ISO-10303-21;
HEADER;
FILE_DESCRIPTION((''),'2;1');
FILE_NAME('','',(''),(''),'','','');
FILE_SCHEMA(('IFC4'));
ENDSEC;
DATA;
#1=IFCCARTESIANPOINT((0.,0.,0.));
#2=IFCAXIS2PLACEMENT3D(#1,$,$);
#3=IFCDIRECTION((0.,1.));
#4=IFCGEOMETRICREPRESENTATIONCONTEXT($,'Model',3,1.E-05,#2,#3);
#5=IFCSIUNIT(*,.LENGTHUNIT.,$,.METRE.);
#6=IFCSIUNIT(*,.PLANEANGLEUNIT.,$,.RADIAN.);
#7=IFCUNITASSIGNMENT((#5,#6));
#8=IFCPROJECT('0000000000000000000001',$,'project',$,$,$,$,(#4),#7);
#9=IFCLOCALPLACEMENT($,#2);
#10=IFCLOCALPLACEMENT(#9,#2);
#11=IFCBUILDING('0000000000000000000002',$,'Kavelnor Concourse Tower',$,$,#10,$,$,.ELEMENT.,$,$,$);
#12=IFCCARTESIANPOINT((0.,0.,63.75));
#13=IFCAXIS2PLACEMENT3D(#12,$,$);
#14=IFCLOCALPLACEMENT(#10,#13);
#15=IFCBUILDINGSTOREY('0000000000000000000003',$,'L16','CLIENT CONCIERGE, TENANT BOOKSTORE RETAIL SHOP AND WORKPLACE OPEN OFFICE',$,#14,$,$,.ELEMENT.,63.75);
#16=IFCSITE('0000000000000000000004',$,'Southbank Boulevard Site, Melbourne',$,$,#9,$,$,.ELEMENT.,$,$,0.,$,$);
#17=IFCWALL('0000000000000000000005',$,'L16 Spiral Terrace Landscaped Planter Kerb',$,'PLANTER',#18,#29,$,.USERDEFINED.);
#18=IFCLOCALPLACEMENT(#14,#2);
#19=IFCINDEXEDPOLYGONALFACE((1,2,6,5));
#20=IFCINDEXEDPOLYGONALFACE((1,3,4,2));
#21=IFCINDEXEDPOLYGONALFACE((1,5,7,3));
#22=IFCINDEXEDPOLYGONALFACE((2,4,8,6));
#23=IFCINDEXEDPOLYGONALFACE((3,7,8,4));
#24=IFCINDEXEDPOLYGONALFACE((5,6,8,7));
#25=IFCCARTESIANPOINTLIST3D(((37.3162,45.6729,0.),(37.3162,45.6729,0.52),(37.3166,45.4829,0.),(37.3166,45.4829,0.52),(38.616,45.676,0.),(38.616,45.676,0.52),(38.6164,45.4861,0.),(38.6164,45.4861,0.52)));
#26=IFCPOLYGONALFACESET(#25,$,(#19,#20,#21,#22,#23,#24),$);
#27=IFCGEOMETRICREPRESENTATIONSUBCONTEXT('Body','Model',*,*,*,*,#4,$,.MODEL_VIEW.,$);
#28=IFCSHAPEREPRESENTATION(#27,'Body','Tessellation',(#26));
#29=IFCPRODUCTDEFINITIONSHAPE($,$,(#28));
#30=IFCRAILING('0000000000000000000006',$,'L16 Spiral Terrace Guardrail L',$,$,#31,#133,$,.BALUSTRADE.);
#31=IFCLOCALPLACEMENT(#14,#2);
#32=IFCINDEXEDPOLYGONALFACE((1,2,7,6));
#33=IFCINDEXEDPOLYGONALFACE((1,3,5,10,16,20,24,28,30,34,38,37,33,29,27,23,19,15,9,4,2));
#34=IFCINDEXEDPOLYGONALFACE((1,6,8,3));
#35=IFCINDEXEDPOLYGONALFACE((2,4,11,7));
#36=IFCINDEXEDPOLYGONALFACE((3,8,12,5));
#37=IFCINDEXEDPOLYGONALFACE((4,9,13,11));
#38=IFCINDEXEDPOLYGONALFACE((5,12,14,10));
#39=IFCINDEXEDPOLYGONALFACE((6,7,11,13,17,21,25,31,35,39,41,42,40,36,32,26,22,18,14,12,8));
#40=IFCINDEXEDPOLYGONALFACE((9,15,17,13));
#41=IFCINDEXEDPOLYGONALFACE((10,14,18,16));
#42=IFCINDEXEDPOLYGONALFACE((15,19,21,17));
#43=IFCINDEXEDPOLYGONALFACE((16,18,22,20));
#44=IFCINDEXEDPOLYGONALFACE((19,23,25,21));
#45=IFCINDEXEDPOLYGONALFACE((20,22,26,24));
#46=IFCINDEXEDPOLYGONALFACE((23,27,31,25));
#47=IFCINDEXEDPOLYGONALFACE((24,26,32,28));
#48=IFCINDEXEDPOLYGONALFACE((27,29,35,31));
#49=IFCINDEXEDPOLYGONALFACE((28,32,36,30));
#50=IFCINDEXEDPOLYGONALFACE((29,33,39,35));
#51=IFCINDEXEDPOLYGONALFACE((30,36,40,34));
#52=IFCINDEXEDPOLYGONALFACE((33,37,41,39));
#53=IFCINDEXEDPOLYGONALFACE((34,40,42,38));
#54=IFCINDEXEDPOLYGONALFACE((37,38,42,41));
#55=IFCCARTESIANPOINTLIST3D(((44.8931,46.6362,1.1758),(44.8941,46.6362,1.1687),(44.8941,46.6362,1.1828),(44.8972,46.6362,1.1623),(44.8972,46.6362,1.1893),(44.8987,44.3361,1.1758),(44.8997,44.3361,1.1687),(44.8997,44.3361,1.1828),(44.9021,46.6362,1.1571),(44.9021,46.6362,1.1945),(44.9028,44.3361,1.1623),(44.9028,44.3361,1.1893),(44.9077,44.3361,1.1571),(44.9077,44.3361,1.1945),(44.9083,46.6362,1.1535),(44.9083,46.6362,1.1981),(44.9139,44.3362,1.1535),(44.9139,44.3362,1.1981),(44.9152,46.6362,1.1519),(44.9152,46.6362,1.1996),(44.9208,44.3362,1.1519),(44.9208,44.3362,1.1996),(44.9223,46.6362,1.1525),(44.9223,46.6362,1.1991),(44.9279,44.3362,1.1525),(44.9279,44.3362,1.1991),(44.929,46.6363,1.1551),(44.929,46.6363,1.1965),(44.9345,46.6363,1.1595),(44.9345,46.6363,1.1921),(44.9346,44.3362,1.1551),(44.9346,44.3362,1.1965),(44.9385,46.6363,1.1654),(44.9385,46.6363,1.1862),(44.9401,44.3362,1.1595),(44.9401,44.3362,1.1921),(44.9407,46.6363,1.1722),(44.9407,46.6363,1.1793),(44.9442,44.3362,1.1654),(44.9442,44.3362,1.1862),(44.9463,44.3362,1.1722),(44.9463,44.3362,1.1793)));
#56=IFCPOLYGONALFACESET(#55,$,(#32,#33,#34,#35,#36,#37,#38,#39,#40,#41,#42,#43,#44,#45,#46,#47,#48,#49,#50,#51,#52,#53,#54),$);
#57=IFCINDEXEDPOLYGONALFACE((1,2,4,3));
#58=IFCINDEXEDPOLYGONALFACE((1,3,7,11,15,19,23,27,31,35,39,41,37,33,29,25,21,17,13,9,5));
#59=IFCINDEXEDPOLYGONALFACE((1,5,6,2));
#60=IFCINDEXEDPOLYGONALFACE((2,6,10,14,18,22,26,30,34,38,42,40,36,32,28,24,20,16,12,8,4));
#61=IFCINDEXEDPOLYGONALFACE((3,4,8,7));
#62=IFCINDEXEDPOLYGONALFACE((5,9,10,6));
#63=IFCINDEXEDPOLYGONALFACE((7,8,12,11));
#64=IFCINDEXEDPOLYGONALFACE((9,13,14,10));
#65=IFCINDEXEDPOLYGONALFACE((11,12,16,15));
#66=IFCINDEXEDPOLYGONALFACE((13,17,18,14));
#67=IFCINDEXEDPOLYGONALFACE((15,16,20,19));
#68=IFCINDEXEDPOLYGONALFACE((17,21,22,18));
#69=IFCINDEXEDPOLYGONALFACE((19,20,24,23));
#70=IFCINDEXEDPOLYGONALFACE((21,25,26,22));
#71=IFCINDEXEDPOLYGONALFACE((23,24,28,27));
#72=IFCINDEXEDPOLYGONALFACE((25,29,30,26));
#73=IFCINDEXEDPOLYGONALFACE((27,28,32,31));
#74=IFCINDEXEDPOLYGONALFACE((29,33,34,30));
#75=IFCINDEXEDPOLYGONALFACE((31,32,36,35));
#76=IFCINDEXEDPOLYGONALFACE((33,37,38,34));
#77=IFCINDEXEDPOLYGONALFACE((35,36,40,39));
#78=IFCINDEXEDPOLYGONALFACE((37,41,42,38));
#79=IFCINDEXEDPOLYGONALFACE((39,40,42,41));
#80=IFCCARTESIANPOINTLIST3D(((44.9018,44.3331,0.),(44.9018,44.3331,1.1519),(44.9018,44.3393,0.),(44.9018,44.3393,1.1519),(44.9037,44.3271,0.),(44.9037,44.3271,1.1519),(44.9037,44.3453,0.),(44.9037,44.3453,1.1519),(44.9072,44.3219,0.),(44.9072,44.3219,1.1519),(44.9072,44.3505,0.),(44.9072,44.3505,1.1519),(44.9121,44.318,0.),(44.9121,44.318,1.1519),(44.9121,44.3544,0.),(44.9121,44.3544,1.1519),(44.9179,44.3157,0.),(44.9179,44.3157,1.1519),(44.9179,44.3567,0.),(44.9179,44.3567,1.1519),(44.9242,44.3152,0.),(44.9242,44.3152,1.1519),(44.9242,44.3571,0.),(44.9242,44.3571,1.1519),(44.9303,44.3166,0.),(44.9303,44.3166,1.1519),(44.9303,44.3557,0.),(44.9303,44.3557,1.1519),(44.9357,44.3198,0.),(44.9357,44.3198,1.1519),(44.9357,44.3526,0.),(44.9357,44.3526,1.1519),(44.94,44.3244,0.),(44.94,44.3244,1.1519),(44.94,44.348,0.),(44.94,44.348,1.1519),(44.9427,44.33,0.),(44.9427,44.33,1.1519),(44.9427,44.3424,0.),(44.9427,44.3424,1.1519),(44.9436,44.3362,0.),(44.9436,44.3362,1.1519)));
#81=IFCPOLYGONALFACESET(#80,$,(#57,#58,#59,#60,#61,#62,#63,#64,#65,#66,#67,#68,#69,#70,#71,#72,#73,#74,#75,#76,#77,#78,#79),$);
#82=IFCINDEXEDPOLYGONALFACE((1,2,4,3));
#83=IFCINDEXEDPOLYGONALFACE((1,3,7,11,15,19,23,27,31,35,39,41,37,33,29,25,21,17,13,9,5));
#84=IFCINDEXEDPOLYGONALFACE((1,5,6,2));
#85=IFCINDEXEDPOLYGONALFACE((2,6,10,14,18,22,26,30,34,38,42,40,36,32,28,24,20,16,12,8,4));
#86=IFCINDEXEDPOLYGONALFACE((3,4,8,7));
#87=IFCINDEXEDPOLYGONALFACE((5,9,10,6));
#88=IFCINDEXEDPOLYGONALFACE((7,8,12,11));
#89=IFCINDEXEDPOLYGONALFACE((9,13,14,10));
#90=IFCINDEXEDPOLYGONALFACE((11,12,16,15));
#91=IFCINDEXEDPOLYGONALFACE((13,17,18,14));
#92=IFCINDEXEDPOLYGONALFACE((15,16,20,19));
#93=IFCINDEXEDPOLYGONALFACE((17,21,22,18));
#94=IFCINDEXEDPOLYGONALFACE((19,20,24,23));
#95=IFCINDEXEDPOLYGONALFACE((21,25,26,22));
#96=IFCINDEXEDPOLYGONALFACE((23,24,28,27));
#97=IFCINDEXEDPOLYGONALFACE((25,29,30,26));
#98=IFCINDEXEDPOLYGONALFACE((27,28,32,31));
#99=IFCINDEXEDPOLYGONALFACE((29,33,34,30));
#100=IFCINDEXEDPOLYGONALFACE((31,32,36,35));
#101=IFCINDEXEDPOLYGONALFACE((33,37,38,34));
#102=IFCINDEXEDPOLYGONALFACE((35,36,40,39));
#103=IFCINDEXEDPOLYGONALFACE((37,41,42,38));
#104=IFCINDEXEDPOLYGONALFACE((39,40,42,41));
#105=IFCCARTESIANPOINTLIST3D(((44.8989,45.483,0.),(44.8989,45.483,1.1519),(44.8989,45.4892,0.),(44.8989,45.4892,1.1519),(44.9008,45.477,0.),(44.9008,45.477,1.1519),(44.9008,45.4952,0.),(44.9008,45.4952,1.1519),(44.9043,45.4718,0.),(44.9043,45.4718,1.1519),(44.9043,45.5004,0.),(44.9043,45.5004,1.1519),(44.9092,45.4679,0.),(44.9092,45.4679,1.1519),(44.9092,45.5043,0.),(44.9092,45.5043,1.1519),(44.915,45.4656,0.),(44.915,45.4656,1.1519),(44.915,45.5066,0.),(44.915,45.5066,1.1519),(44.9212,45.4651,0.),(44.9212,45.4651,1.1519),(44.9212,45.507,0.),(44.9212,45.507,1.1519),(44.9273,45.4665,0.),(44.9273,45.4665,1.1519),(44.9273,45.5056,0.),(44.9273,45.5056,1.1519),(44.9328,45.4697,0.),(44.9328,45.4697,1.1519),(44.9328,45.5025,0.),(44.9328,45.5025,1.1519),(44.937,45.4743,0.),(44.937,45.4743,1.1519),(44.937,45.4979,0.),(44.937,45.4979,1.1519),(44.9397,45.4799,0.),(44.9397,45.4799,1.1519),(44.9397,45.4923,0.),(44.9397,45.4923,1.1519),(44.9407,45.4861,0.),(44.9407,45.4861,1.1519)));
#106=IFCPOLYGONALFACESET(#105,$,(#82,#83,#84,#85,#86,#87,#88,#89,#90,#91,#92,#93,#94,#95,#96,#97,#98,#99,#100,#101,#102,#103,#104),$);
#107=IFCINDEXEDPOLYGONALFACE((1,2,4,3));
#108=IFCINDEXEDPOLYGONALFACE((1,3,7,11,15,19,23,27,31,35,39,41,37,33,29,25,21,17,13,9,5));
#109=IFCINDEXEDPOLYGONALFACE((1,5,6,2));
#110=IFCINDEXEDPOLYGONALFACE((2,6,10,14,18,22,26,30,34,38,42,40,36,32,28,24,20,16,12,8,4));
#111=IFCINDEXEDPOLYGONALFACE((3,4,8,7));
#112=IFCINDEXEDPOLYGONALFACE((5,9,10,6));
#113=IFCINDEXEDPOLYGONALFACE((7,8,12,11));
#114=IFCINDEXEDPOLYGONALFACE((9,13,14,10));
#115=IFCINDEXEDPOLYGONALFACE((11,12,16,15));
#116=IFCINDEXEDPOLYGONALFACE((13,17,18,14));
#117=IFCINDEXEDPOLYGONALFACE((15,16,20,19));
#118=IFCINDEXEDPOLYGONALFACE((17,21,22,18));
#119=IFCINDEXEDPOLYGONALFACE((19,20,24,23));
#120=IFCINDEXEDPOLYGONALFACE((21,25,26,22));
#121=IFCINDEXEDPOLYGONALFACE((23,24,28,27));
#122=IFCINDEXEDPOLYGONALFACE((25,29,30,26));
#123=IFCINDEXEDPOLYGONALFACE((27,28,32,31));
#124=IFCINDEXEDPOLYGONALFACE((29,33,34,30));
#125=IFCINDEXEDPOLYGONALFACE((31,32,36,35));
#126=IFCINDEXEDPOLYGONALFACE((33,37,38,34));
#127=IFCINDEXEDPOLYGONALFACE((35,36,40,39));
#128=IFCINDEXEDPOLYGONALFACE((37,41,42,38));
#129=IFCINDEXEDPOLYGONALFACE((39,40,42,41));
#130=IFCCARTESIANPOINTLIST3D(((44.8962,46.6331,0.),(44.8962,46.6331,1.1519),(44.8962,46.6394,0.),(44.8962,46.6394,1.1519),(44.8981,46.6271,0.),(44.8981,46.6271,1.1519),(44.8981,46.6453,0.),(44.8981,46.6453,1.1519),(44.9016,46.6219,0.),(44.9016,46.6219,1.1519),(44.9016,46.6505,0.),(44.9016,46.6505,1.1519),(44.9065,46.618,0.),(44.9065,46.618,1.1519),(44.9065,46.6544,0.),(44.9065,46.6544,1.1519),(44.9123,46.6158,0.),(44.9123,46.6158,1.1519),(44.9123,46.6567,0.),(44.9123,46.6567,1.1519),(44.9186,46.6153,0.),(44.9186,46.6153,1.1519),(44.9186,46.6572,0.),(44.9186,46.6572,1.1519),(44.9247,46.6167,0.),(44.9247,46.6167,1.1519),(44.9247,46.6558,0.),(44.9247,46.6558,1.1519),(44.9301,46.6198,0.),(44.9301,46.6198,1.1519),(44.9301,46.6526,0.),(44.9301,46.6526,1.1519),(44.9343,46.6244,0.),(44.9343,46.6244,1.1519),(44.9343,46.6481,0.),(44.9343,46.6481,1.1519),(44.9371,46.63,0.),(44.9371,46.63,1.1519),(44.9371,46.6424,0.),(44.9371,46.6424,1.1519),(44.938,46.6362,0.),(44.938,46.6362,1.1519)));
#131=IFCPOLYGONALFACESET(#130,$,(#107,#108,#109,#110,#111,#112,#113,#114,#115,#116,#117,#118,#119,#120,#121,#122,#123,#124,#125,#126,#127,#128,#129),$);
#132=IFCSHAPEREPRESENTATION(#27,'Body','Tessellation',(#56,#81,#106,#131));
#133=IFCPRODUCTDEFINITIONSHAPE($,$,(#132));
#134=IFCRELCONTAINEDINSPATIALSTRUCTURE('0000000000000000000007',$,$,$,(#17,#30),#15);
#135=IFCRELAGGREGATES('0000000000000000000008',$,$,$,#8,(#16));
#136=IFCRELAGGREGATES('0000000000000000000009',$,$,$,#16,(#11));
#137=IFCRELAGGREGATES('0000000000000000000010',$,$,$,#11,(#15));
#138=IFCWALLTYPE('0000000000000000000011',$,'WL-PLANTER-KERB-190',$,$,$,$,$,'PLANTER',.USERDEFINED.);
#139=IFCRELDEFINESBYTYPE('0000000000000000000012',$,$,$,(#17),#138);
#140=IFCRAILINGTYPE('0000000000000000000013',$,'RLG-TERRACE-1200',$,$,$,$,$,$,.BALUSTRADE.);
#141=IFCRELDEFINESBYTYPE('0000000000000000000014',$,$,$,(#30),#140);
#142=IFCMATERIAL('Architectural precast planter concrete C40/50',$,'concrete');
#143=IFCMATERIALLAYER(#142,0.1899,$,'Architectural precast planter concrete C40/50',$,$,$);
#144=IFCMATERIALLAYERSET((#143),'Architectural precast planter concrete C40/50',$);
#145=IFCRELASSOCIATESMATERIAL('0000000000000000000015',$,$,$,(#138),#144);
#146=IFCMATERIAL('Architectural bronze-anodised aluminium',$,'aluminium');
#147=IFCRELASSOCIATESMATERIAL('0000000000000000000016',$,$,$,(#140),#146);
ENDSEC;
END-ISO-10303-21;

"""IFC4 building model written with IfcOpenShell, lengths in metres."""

from ifc_helpers import new_model, si_unit, direction, frame, frame_2d, origin, origin_2d, place, context, subcontext, project, spatial, rectangle, circle, extrude, material, layer, layer_set, type_object, element, save


model = new_model("IFC4")

# Units and contexts
model_context = context("Model", 3, precision=1e-05, world=origin(), true_north=direction((0.0, 1.0)))
body_context = subcontext(model_context, "Body", "Model", "MODEL_VIEW")
ifc_project = project(units=[si_unit("LENGTHUNIT", "METRE"), si_unit("PLANEANGLEUNIT", "RADIAN")], contexts=[model_context])

# Site, building, storey
site_placement = place(None, origin())
site = spatial("IfcSite", under=ifc_project, at=site_placement, Name="Southbank Boulevard Site, Melbourne", CompositionType="ELEMENT", RefElevation=0.0)
building_placement = place(site_placement, origin())
building = spatial("IfcBuilding", under=site, at=building_placement, Name="Kavelnor Concourse Tower", CompositionType="ELEMENT")
storey_placement = place(building_placement, frame((0.0, 0.0, 63.75)))
storey = spatial("IfcBuildingStorey", under=building, at=storey_placement, Name="L16", Description="CLIENT CONCIERGE, TENANT BOOKSTORE RETAIL SHOP AND WORKPLACE OPEN OFFICE", CompositionType="ELEMENT", Elevation=63.75)

# Wall
ifc_material_1 = material(Name="Architectural precast planter concrete C40/50", Category="concrete")
ifc_layer_1 = layer(ifc_material_1, 0.1899, Name="Architectural precast planter concrete C40/50")
ifc_layer_set_1 = layer_set([ifc_layer_1], Name="Architectural precast planter concrete C40/50")
wall_type_1 = type_object("IfcWallType", Name="WL-PLANTER-KERB-190", ElementType="PLANTER", PredefinedType="USERDEFINED", material=ifc_layer_set_1)
wall_1_placement = place(storey_placement, frame((38.6162, 45.5811, 0.0), z_axis=(0.0, 0.0, 1.0), x_axis=(-0.999997, -0.002442, 0.0)))
element("IfcWall", 1, at=wall_1_placement, inside=storey, type_object=wall_type_1, Name="L16 Spiral Terrace Landscaped Planter Kerb", ObjectType="PLANTER", PredefinedType="USERDEFINED", context=body_context, shape_type="SweptSolid", body=[
    extrude(rectangle(XDim=1.2998, YDim=0.1899, at=frame_2d((0.6499, 0.0))), origin(), (0.0, 0.0, 1.0), 0.52),
])

# Railing
ifc_material_2 = material(Name="Architectural bronze-anodised aluminium", Category="aluminium")
railing_type = type_object("IfcRailingType", Name="RLG-TERRACE-1200", PredefinedType="BALUSTRADE", material=ifc_material_2)
railing_1_placement = place(storey_placement, frame((44.9226, 44.3362, 0.0)))
element("IfcRailing", 2, at=railing_1_placement, inside=storey, type_object=railing_type, Name="L16 Spiral Terrace Guardrail L", PredefinedType="BALUSTRADE", context=body_context, shape_type="SweptSolid", body=[
    extrude(circle(Radius=0.0239, at=origin_2d()), frame((0.0, 0.0, 1.1758), z_axis=(-0.002441, 0.999997, 0.0), x_axis=(-0.999997, -0.002441, 0.0)), (0.0, 0.0, 1.0), 2.3),
    extrude(circle(Radius=0.021, at=origin_2d()), origin(), (0.0, 0.0, 1.0), 1.1519),
    extrude(circle(Radius=0.021, at=origin_2d()), frame((-0.0029, 1.1499, 0.0)), (0.0, 0.0, 1.0), 1.1519),
    extrude(circle(Radius=0.021, at=origin_2d()), frame((-0.0056, 2.3, 0.0)), (0.0, 0.0, 1.0), 1.1519),
])

save(model, "model.ifc")
